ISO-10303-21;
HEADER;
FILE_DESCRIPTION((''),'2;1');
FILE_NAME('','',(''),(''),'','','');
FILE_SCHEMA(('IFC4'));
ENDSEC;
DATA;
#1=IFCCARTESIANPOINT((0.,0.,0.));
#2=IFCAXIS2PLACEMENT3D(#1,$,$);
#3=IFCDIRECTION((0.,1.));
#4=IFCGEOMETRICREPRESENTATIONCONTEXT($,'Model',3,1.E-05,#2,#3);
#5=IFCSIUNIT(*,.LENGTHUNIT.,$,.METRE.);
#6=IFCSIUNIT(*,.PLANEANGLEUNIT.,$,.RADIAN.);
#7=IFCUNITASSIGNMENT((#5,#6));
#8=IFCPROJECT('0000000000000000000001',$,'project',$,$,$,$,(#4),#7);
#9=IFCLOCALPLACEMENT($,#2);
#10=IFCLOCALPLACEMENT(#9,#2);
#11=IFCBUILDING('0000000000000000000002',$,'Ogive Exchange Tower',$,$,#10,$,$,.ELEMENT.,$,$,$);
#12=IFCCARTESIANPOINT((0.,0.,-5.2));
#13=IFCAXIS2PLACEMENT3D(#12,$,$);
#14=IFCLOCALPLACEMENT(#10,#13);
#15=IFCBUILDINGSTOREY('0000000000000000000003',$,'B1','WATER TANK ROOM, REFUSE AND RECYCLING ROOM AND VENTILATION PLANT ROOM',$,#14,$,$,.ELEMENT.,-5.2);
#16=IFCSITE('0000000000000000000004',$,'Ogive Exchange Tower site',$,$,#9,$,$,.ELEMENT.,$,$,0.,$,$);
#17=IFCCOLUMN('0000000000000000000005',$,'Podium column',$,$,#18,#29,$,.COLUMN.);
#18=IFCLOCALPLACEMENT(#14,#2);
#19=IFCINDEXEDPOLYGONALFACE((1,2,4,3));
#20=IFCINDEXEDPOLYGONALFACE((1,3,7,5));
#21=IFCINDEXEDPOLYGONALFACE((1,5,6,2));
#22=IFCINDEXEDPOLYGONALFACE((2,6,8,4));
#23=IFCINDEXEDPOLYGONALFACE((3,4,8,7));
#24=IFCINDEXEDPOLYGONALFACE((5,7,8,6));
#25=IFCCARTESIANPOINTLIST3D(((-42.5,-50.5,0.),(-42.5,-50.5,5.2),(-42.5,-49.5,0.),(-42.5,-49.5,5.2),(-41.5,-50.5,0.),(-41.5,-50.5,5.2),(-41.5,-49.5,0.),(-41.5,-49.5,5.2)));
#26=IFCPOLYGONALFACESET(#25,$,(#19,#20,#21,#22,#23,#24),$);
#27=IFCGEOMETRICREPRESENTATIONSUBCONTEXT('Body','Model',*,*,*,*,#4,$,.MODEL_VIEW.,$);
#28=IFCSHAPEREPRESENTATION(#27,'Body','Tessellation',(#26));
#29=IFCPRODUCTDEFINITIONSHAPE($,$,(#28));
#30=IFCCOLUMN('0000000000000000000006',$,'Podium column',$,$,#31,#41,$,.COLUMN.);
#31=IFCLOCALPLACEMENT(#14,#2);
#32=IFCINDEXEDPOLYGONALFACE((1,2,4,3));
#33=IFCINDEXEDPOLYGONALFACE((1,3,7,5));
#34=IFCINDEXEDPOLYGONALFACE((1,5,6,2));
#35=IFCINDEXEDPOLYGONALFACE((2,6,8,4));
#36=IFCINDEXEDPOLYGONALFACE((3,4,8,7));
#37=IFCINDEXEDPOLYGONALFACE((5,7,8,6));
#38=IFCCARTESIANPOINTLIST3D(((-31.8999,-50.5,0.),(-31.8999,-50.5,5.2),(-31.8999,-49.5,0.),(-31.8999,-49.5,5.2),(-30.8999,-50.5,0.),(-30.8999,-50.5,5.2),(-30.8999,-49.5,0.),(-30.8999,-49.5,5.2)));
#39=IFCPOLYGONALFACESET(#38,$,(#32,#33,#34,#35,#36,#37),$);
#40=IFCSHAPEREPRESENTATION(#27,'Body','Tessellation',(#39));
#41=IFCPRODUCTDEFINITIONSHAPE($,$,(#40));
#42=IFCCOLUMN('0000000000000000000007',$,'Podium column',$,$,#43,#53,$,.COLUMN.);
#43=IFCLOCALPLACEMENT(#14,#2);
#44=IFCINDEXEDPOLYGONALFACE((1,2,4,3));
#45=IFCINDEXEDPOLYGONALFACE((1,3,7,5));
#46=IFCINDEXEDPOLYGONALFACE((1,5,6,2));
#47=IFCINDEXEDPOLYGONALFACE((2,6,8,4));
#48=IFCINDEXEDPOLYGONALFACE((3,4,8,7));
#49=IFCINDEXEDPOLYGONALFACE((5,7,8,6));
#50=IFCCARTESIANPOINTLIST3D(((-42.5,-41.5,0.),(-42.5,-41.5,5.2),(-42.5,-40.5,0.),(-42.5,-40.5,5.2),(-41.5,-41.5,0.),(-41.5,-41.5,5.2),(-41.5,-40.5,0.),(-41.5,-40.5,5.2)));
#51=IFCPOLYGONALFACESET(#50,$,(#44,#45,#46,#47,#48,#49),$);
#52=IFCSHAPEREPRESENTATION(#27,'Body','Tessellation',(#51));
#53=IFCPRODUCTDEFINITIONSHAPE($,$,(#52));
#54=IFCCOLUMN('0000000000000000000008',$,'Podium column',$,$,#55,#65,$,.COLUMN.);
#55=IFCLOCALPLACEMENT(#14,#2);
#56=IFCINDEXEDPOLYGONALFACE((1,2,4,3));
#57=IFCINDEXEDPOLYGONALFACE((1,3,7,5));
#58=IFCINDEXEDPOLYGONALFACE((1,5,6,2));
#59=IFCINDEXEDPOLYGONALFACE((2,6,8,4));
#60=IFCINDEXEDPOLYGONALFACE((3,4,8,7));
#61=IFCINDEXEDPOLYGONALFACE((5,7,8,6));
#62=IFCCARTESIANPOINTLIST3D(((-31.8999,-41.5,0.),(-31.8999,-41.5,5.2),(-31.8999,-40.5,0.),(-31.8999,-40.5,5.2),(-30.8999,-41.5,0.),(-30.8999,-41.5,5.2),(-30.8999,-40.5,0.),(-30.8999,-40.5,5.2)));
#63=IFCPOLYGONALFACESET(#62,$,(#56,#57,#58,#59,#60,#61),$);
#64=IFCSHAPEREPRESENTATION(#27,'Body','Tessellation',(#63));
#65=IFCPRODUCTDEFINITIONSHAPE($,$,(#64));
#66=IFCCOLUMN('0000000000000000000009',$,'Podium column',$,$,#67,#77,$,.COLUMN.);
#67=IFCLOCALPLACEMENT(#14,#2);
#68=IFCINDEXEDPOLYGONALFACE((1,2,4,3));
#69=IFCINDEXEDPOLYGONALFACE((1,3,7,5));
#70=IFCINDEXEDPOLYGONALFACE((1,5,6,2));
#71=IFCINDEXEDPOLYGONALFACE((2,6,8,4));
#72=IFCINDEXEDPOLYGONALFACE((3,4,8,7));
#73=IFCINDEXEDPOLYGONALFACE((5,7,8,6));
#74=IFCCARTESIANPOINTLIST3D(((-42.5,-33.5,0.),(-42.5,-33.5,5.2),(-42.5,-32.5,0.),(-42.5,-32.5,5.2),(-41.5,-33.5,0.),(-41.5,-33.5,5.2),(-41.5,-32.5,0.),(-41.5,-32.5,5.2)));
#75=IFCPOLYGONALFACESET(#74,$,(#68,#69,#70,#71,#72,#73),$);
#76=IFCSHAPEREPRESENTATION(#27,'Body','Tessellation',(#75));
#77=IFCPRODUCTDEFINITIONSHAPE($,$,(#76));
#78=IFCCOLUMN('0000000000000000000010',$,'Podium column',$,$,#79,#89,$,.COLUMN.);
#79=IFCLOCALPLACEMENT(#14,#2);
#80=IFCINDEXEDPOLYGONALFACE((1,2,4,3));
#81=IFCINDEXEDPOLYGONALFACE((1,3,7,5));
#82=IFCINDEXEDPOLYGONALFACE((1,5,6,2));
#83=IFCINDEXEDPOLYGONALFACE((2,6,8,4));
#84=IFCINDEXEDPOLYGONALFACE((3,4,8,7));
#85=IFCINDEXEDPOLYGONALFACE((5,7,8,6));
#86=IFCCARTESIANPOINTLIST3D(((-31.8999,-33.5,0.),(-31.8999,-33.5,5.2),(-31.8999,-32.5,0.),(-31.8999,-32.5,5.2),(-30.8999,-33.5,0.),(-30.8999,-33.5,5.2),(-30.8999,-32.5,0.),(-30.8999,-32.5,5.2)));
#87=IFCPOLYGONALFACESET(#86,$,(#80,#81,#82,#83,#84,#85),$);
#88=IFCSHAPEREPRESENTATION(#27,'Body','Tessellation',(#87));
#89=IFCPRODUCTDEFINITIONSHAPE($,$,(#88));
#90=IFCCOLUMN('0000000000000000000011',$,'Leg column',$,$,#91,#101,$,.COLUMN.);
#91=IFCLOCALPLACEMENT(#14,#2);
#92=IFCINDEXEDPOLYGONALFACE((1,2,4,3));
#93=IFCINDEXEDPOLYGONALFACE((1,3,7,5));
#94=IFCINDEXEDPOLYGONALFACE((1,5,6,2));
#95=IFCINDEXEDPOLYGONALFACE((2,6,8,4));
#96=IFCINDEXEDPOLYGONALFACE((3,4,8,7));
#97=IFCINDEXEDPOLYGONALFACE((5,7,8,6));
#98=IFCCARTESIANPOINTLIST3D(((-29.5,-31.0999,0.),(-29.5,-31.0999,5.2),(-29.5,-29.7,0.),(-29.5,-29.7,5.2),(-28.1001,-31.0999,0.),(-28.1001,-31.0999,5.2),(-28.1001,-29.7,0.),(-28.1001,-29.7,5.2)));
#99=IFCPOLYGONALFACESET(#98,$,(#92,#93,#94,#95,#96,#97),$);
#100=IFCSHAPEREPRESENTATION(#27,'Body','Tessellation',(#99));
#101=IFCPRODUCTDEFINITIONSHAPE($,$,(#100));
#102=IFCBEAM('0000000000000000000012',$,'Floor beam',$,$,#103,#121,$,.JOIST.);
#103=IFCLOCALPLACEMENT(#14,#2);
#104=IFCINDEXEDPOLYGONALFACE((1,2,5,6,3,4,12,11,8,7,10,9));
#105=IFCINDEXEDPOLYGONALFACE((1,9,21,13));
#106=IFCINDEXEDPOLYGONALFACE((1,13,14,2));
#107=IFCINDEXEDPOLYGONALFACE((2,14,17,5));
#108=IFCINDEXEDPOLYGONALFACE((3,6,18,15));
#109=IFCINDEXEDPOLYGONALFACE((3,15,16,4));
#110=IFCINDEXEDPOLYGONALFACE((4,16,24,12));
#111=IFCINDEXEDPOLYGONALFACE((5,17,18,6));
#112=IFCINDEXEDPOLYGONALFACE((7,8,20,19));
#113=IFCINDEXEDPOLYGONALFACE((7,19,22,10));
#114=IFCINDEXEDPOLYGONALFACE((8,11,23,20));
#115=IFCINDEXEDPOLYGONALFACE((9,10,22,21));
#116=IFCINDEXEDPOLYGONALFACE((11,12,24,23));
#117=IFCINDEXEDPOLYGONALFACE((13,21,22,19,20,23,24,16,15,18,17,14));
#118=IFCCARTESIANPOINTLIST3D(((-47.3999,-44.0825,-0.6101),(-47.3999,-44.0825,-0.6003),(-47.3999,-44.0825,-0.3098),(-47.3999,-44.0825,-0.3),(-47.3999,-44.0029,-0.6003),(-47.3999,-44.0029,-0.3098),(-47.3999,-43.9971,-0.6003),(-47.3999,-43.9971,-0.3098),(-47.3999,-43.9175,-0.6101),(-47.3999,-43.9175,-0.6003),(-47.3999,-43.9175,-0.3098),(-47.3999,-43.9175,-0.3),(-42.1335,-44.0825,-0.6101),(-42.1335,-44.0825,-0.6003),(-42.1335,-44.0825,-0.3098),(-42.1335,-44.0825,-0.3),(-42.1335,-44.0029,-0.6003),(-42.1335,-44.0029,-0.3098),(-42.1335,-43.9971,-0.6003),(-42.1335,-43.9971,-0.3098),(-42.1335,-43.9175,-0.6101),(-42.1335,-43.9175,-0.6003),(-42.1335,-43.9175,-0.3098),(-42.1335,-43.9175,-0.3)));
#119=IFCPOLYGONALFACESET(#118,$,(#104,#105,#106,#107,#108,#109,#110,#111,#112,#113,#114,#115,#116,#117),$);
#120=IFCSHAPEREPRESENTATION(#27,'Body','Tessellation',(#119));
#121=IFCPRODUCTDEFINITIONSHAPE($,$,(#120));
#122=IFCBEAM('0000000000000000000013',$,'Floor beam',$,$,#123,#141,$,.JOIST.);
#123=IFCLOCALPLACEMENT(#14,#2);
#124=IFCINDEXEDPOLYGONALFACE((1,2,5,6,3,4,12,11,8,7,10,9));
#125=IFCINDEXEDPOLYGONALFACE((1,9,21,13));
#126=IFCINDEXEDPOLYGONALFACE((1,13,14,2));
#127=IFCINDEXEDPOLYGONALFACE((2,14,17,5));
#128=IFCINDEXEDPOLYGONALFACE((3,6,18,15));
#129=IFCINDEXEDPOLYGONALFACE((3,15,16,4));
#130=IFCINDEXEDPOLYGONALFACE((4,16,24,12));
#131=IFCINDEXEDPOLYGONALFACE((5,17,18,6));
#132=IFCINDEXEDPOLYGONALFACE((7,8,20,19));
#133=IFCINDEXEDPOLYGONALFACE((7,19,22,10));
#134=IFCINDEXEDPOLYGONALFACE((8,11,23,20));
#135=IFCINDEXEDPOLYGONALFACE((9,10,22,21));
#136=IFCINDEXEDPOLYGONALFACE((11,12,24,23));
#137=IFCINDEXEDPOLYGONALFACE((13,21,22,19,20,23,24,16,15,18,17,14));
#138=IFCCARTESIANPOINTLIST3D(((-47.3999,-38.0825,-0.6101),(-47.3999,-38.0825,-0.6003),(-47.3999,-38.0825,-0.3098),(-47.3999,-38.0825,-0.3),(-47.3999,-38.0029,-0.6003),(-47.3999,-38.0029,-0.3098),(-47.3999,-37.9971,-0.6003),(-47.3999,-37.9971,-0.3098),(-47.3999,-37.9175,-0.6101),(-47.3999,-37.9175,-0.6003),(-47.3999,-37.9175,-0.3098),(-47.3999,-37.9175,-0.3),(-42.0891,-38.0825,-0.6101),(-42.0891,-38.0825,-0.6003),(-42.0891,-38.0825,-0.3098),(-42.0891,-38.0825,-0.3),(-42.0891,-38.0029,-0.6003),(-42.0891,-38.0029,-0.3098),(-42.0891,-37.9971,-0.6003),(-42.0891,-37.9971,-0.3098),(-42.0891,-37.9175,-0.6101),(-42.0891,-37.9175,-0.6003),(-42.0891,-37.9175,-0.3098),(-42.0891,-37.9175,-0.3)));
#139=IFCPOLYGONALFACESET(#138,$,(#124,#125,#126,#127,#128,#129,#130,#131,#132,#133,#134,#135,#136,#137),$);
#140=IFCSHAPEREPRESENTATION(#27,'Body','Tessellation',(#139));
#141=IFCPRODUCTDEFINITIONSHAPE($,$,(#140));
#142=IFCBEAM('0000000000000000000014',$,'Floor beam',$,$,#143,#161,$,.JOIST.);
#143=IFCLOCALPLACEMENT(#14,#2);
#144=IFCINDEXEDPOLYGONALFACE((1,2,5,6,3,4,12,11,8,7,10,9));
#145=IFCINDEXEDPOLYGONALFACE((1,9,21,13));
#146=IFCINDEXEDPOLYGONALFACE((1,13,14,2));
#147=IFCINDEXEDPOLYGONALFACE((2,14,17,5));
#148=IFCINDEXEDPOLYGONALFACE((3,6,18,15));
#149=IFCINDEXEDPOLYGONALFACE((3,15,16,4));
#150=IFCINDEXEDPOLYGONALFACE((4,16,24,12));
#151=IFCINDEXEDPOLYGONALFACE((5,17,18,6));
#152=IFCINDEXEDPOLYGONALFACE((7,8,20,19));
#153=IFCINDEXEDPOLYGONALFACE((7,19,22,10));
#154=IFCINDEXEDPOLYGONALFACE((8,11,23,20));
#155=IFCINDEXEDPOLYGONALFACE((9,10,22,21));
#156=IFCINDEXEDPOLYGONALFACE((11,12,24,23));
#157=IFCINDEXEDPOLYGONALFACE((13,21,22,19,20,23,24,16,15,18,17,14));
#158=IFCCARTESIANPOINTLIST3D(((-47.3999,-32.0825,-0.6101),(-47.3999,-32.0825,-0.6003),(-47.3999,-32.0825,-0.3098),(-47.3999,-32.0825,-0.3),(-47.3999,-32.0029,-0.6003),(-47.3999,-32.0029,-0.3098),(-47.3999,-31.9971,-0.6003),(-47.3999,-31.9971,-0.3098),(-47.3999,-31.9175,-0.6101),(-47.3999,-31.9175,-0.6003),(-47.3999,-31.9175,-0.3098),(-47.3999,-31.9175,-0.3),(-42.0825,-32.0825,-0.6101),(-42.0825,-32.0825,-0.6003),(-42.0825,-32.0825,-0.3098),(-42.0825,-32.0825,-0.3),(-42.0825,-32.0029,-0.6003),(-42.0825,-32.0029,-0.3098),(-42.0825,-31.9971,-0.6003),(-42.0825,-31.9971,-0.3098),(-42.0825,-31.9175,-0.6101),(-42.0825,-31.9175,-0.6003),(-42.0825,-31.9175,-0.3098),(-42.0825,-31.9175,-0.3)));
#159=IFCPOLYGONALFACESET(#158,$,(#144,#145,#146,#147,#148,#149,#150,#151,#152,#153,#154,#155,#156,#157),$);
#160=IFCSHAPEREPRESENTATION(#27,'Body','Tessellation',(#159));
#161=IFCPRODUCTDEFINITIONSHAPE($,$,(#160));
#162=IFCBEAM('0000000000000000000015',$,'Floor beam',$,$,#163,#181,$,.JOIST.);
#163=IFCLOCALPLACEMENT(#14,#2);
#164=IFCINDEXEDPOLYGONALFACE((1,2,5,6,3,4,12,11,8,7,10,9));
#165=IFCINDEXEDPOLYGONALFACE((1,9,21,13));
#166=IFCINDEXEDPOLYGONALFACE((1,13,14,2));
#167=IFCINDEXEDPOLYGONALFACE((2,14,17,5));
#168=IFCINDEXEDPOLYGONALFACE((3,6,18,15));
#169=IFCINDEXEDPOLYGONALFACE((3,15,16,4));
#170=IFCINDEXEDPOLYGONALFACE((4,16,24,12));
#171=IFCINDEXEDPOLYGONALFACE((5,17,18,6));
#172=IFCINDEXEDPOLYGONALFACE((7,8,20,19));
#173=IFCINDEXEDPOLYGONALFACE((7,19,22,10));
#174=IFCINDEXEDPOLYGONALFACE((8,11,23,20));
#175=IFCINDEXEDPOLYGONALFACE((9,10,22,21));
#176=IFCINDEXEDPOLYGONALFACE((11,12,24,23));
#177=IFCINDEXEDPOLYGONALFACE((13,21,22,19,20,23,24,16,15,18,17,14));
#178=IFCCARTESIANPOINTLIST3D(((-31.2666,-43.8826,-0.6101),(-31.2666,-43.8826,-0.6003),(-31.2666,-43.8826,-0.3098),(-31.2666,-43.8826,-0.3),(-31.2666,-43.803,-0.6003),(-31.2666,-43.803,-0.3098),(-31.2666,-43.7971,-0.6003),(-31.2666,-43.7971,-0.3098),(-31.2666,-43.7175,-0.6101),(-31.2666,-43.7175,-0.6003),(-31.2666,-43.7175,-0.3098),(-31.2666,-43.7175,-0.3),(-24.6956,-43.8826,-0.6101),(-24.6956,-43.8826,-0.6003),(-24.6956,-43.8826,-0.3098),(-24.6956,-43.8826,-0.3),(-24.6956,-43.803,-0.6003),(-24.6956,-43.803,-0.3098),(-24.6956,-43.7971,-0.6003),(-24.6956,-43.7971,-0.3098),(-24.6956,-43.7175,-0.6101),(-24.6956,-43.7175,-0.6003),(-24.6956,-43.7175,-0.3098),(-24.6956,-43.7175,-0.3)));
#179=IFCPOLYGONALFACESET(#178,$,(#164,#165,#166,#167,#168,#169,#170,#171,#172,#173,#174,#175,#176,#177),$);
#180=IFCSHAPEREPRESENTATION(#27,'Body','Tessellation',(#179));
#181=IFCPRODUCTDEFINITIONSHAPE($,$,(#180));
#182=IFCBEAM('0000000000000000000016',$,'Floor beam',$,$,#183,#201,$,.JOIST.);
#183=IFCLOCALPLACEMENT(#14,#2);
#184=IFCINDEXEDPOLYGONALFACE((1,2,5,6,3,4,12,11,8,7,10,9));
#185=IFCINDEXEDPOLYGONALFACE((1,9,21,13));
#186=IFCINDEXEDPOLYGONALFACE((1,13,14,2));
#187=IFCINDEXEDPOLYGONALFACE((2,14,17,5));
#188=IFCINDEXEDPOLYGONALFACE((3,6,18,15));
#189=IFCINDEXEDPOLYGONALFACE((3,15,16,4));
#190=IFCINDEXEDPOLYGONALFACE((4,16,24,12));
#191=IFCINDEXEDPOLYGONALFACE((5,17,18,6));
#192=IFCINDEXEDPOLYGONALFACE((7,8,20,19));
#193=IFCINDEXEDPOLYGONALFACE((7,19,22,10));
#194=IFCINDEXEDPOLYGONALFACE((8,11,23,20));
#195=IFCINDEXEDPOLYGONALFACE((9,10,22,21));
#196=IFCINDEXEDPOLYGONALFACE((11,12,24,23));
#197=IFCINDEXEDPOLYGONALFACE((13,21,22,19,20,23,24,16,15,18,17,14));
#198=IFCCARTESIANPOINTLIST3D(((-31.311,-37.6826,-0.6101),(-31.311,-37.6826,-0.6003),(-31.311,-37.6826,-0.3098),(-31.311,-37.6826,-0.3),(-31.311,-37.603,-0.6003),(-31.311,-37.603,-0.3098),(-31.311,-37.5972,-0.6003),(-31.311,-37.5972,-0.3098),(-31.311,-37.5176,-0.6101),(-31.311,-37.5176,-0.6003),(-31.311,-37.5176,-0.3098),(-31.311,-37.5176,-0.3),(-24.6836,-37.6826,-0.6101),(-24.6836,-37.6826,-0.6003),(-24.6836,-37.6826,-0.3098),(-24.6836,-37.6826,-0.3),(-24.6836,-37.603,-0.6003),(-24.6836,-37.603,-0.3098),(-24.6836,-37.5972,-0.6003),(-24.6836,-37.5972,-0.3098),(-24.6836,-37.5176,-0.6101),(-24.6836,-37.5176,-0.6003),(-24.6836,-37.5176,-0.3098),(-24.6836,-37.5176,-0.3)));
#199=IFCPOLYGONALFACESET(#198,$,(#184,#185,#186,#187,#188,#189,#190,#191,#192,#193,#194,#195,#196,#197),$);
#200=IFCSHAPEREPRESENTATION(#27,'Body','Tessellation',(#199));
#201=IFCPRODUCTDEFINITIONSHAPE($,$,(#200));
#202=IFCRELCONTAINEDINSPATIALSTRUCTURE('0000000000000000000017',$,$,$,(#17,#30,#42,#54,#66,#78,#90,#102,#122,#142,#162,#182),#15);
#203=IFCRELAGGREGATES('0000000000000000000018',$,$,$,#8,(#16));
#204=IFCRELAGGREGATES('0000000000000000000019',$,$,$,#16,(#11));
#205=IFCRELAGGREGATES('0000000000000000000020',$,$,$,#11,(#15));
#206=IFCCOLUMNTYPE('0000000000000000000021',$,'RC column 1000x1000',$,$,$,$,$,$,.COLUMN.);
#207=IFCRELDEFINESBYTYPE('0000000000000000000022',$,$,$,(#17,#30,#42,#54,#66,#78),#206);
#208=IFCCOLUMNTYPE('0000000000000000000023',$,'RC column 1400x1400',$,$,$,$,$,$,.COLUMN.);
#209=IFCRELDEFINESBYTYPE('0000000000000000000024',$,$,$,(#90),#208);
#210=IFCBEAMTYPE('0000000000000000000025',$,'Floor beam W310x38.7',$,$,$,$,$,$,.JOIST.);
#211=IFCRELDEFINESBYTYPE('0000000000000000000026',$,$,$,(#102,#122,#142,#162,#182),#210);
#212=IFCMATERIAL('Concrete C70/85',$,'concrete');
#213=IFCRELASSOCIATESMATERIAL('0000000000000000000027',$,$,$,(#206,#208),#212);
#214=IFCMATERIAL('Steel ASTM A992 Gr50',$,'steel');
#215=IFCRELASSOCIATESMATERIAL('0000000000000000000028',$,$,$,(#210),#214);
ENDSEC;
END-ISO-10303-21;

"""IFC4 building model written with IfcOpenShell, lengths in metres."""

from ifc_helpers import new_model, si_unit, direction, frame, origin, origin_2d, place, context, subcontext, project, spatial, rectangle, i_section, extrude, material, material_profile, profile_set, type_object, element, save


model = new_model("IFC4")

# Units and contexts
model_context = context("Model", 3, precision=1e-05, world=origin(), true_north=direction((0.0, 1.0)))
body_context = subcontext(model_context, "Body", "Model", "MODEL_VIEW")
ifc_project = project(units=[si_unit("LENGTHUNIT", "METRE"), si_unit("PLANEANGLEUNIT", "RADIAN")], contexts=[model_context])

# Site, building, storey
site_placement = place(None, origin())
site = spatial("IfcSite", under=ifc_project, at=site_placement, Name="Ogive Exchange Tower site", CompositionType="ELEMENT", RefElevation=0.0)
building_placement = place(site_placement, origin())
building = spatial("IfcBuilding", under=site, at=building_placement, Name="Ogive Exchange Tower", CompositionType="ELEMENT")
storey_placement = place(building_placement, frame((0.0, 0.0, -5.2)))
storey = spatial("IfcBuildingStorey", under=building, at=storey_placement, Name="B1", Description="WATER TANK ROOM, REFUSE AND RECYCLING ROOM AND VENTILATION PLANT ROOM", CompositionType="ELEMENT", Elevation=-5.2)

# Columns
ifc_material_1 = material(Name="Concrete C70/85", Category="concrete")
ifc_material_profile_1 = material_profile(ifc_material_1, rectangle(XDim=1.0, YDim=1.0, at=origin_2d()), Name="RC 1000x1000")
ifc_profile_set_1 = profile_set([ifc_material_profile_1], Name="Concrete C70/85")
column_type_1 = type_object("IfcColumnType", Name="RC column 1000x1000", PredefinedType="COLUMN", material=ifc_profile_set_1)
for number, where, z_axis, x_axis, name in (
    (1, (-42.0, -50.0, 0.0), (0.0, 0.0, 1.0), (1.0, 0.0, 0.0), "Podium column"),
    (2, (-31.3999, -50.0, 0.0), (0.0, 0.0, 1.0), (1.0, 0.0, 0.0), "Podium column"),
    (3, (-42.0, -41.0, 0.0), (0.0, 0.0, 1.0), (1.0, 0.0, 0.0), "Podium column"),
    (4, (-31.3999, -41.0, 0.0), (0.0, 0.0, 1.0), (1.0, 0.0, 0.0), "Podium column"),
    (5, (-42.0, -33.0, 0.0), (0.0, 0.0, 1.0), (1.0, 0.0, 0.0), "Podium column"),
    (6, (-31.3999, -33.0, 0.0), (0.0, 0.0, 1.0), (1.0, 0.0, 0.0), "Podium column"),
):
    element("IfcColumn", number, at=place(storey_placement, frame(where, z_axis=z_axis, x_axis=x_axis)), inside=storey, type_object=column_type_1, Name=name, PredefinedType="COLUMN", context=body_context, shape_type="SweptSolid", body=[
        extrude(rectangle(XDim=1.0, YDim=1.0, at=origin_2d()), origin(), (0.0, 0.0, 1.0), 5.2),
    ])
ifc_material_profile_2 = material_profile(ifc_material_1, rectangle(XDim=1.3999, YDim=1.3999, at=origin_2d()), Name="RC 1400x1400")
ifc_profile_set_2 = profile_set([ifc_material_profile_2], Name="Concrete C70/85")
column_type_2 = type_object("IfcColumnType", Name="RC column 1400x1400", PredefinedType="COLUMN", material=ifc_profile_set_2)
column_placement = place(storey_placement, frame((-28.8, -30.3999, 0.0), z_axis=(0.0, 0.0, 1.0), x_axis=(1.0, 0.0, 0.0)))
element("IfcColumn", 7, at=column_placement, inside=storey, type_object=column_type_2, Name="Leg column", PredefinedType="COLUMN", context=body_context, shape_type="SweptSolid", body=[
    extrude(rectangle(XDim=1.3999, YDim=1.3999, at=origin_2d()), origin(), (0.0, 0.0, 1.0), 5.2),
])

# Beams
ifc_material_2 = material(Name="Steel ASTM A992 Gr50", Category="steel")
ifc_material_profile_3 = material_profile(ifc_material_2, i_section(OverallWidth=0.165, OverallDepth=0.3101, WebThickness=0.0059, FlangeThickness=0.0098, at=origin_2d()), Name="W310x38.7")
ifc_profile_set_3 = profile_set([ifc_material_profile_3], Name="Steel ASTM A992 Gr50")
beam_type_1 = type_object("IfcBeamType", Name="Floor beam W310x38.7", PredefinedType="JOIST", material=ifc_profile_set_3)
beam_1_placement = place(storey_placement, frame((-47.3999, -44.0, -0.4551), z_axis=(1.0, 0.0, 0.0), x_axis=(0.0, 1.0, 0.0)))
element("IfcBeam", 8, at=beam_1_placement, inside=storey, type_object=beam_type_1, Name="Floor beam", PredefinedType="JOIST", context=body_context, shape_type="SweptSolid", body=[
    extrude(i_section(OverallWidth=0.165, OverallDepth=0.3101, WebThickness=0.0059, FlangeThickness=0.0098, at=origin_2d()), origin(), (0.0, 0.0, 1.0), 5.2664),
])
beam_2_placement = place(storey_placement, frame((-47.3999, -38.0, -0.4551), z_axis=(1.0, 0.0, 0.0), x_axis=(0.0, 1.0, 0.0)))
element("IfcBeam", 9, at=beam_2_placement, inside=storey, type_object=beam_type_1, Name="Floor beam", PredefinedType="JOIST", context=body_context, shape_type="SweptSolid", body=[
    extrude(i_section(OverallWidth=0.165, OverallDepth=0.3101, WebThickness=0.0059, FlangeThickness=0.0098, at=origin_2d()), origin(), (0.0, 0.0, 1.0), 5.3108),
])
beam_3_placement = place(storey_placement, frame((-47.3999, -32.0, -0.4551), z_axis=(1.0, 0.0, 0.0), x_axis=(0.0, 1.0, 0.0)))
element("IfcBeam", 10, at=beam_3_placement, inside=storey, type_object=beam_type_1, Name="Floor beam", PredefinedType="JOIST", context=body_context, shape_type="SweptSolid", body=[
    extrude(i_section(OverallWidth=0.165, OverallDepth=0.3101, WebThickness=0.0059, FlangeThickness=0.0098, at=origin_2d()), origin(), (0.0, 0.0, 1.0), 5.3174),
])
beam_4_placement = place(storey_placement, frame((-31.2666, -43.8, -0.4551), z_axis=(1.0, 0.0, 0.0), x_axis=(0.0, 1.0, 0.0)))
element("IfcBeam", 11, at=beam_4_placement, inside=storey, type_object=beam_type_1, Name="Floor beam", PredefinedType="JOIST", context=body_context, shape_type="SweptSolid", body=[
    extrude(i_section(OverallWidth=0.165, OverallDepth=0.3101, WebThickness=0.0059, FlangeThickness=0.0098, at=origin_2d()), origin(), (0.0, 0.0, 1.0), 6.571),
])
beam_5_placement = place(storey_placement, frame((-31.311, -37.6001, -0.4551), z_axis=(1.0, 0.0, 0.0), x_axis=(0.0, 1.0, 0.0)))
element("IfcBeam", 12, at=beam_5_placement, inside=storey, type_object=beam_type_1, Name="Floor beam", PredefinedType="JOIST", context=body_context, shape_type="SweptSolid", body=[
    extrude(i_section(OverallWidth=0.165, OverallDepth=0.3101, WebThickness=0.0059, FlangeThickness=0.0098, at=origin_2d()), origin(), (0.0, 0.0, 1.0), 6.6274),
])

save(model, "model.ifc")
